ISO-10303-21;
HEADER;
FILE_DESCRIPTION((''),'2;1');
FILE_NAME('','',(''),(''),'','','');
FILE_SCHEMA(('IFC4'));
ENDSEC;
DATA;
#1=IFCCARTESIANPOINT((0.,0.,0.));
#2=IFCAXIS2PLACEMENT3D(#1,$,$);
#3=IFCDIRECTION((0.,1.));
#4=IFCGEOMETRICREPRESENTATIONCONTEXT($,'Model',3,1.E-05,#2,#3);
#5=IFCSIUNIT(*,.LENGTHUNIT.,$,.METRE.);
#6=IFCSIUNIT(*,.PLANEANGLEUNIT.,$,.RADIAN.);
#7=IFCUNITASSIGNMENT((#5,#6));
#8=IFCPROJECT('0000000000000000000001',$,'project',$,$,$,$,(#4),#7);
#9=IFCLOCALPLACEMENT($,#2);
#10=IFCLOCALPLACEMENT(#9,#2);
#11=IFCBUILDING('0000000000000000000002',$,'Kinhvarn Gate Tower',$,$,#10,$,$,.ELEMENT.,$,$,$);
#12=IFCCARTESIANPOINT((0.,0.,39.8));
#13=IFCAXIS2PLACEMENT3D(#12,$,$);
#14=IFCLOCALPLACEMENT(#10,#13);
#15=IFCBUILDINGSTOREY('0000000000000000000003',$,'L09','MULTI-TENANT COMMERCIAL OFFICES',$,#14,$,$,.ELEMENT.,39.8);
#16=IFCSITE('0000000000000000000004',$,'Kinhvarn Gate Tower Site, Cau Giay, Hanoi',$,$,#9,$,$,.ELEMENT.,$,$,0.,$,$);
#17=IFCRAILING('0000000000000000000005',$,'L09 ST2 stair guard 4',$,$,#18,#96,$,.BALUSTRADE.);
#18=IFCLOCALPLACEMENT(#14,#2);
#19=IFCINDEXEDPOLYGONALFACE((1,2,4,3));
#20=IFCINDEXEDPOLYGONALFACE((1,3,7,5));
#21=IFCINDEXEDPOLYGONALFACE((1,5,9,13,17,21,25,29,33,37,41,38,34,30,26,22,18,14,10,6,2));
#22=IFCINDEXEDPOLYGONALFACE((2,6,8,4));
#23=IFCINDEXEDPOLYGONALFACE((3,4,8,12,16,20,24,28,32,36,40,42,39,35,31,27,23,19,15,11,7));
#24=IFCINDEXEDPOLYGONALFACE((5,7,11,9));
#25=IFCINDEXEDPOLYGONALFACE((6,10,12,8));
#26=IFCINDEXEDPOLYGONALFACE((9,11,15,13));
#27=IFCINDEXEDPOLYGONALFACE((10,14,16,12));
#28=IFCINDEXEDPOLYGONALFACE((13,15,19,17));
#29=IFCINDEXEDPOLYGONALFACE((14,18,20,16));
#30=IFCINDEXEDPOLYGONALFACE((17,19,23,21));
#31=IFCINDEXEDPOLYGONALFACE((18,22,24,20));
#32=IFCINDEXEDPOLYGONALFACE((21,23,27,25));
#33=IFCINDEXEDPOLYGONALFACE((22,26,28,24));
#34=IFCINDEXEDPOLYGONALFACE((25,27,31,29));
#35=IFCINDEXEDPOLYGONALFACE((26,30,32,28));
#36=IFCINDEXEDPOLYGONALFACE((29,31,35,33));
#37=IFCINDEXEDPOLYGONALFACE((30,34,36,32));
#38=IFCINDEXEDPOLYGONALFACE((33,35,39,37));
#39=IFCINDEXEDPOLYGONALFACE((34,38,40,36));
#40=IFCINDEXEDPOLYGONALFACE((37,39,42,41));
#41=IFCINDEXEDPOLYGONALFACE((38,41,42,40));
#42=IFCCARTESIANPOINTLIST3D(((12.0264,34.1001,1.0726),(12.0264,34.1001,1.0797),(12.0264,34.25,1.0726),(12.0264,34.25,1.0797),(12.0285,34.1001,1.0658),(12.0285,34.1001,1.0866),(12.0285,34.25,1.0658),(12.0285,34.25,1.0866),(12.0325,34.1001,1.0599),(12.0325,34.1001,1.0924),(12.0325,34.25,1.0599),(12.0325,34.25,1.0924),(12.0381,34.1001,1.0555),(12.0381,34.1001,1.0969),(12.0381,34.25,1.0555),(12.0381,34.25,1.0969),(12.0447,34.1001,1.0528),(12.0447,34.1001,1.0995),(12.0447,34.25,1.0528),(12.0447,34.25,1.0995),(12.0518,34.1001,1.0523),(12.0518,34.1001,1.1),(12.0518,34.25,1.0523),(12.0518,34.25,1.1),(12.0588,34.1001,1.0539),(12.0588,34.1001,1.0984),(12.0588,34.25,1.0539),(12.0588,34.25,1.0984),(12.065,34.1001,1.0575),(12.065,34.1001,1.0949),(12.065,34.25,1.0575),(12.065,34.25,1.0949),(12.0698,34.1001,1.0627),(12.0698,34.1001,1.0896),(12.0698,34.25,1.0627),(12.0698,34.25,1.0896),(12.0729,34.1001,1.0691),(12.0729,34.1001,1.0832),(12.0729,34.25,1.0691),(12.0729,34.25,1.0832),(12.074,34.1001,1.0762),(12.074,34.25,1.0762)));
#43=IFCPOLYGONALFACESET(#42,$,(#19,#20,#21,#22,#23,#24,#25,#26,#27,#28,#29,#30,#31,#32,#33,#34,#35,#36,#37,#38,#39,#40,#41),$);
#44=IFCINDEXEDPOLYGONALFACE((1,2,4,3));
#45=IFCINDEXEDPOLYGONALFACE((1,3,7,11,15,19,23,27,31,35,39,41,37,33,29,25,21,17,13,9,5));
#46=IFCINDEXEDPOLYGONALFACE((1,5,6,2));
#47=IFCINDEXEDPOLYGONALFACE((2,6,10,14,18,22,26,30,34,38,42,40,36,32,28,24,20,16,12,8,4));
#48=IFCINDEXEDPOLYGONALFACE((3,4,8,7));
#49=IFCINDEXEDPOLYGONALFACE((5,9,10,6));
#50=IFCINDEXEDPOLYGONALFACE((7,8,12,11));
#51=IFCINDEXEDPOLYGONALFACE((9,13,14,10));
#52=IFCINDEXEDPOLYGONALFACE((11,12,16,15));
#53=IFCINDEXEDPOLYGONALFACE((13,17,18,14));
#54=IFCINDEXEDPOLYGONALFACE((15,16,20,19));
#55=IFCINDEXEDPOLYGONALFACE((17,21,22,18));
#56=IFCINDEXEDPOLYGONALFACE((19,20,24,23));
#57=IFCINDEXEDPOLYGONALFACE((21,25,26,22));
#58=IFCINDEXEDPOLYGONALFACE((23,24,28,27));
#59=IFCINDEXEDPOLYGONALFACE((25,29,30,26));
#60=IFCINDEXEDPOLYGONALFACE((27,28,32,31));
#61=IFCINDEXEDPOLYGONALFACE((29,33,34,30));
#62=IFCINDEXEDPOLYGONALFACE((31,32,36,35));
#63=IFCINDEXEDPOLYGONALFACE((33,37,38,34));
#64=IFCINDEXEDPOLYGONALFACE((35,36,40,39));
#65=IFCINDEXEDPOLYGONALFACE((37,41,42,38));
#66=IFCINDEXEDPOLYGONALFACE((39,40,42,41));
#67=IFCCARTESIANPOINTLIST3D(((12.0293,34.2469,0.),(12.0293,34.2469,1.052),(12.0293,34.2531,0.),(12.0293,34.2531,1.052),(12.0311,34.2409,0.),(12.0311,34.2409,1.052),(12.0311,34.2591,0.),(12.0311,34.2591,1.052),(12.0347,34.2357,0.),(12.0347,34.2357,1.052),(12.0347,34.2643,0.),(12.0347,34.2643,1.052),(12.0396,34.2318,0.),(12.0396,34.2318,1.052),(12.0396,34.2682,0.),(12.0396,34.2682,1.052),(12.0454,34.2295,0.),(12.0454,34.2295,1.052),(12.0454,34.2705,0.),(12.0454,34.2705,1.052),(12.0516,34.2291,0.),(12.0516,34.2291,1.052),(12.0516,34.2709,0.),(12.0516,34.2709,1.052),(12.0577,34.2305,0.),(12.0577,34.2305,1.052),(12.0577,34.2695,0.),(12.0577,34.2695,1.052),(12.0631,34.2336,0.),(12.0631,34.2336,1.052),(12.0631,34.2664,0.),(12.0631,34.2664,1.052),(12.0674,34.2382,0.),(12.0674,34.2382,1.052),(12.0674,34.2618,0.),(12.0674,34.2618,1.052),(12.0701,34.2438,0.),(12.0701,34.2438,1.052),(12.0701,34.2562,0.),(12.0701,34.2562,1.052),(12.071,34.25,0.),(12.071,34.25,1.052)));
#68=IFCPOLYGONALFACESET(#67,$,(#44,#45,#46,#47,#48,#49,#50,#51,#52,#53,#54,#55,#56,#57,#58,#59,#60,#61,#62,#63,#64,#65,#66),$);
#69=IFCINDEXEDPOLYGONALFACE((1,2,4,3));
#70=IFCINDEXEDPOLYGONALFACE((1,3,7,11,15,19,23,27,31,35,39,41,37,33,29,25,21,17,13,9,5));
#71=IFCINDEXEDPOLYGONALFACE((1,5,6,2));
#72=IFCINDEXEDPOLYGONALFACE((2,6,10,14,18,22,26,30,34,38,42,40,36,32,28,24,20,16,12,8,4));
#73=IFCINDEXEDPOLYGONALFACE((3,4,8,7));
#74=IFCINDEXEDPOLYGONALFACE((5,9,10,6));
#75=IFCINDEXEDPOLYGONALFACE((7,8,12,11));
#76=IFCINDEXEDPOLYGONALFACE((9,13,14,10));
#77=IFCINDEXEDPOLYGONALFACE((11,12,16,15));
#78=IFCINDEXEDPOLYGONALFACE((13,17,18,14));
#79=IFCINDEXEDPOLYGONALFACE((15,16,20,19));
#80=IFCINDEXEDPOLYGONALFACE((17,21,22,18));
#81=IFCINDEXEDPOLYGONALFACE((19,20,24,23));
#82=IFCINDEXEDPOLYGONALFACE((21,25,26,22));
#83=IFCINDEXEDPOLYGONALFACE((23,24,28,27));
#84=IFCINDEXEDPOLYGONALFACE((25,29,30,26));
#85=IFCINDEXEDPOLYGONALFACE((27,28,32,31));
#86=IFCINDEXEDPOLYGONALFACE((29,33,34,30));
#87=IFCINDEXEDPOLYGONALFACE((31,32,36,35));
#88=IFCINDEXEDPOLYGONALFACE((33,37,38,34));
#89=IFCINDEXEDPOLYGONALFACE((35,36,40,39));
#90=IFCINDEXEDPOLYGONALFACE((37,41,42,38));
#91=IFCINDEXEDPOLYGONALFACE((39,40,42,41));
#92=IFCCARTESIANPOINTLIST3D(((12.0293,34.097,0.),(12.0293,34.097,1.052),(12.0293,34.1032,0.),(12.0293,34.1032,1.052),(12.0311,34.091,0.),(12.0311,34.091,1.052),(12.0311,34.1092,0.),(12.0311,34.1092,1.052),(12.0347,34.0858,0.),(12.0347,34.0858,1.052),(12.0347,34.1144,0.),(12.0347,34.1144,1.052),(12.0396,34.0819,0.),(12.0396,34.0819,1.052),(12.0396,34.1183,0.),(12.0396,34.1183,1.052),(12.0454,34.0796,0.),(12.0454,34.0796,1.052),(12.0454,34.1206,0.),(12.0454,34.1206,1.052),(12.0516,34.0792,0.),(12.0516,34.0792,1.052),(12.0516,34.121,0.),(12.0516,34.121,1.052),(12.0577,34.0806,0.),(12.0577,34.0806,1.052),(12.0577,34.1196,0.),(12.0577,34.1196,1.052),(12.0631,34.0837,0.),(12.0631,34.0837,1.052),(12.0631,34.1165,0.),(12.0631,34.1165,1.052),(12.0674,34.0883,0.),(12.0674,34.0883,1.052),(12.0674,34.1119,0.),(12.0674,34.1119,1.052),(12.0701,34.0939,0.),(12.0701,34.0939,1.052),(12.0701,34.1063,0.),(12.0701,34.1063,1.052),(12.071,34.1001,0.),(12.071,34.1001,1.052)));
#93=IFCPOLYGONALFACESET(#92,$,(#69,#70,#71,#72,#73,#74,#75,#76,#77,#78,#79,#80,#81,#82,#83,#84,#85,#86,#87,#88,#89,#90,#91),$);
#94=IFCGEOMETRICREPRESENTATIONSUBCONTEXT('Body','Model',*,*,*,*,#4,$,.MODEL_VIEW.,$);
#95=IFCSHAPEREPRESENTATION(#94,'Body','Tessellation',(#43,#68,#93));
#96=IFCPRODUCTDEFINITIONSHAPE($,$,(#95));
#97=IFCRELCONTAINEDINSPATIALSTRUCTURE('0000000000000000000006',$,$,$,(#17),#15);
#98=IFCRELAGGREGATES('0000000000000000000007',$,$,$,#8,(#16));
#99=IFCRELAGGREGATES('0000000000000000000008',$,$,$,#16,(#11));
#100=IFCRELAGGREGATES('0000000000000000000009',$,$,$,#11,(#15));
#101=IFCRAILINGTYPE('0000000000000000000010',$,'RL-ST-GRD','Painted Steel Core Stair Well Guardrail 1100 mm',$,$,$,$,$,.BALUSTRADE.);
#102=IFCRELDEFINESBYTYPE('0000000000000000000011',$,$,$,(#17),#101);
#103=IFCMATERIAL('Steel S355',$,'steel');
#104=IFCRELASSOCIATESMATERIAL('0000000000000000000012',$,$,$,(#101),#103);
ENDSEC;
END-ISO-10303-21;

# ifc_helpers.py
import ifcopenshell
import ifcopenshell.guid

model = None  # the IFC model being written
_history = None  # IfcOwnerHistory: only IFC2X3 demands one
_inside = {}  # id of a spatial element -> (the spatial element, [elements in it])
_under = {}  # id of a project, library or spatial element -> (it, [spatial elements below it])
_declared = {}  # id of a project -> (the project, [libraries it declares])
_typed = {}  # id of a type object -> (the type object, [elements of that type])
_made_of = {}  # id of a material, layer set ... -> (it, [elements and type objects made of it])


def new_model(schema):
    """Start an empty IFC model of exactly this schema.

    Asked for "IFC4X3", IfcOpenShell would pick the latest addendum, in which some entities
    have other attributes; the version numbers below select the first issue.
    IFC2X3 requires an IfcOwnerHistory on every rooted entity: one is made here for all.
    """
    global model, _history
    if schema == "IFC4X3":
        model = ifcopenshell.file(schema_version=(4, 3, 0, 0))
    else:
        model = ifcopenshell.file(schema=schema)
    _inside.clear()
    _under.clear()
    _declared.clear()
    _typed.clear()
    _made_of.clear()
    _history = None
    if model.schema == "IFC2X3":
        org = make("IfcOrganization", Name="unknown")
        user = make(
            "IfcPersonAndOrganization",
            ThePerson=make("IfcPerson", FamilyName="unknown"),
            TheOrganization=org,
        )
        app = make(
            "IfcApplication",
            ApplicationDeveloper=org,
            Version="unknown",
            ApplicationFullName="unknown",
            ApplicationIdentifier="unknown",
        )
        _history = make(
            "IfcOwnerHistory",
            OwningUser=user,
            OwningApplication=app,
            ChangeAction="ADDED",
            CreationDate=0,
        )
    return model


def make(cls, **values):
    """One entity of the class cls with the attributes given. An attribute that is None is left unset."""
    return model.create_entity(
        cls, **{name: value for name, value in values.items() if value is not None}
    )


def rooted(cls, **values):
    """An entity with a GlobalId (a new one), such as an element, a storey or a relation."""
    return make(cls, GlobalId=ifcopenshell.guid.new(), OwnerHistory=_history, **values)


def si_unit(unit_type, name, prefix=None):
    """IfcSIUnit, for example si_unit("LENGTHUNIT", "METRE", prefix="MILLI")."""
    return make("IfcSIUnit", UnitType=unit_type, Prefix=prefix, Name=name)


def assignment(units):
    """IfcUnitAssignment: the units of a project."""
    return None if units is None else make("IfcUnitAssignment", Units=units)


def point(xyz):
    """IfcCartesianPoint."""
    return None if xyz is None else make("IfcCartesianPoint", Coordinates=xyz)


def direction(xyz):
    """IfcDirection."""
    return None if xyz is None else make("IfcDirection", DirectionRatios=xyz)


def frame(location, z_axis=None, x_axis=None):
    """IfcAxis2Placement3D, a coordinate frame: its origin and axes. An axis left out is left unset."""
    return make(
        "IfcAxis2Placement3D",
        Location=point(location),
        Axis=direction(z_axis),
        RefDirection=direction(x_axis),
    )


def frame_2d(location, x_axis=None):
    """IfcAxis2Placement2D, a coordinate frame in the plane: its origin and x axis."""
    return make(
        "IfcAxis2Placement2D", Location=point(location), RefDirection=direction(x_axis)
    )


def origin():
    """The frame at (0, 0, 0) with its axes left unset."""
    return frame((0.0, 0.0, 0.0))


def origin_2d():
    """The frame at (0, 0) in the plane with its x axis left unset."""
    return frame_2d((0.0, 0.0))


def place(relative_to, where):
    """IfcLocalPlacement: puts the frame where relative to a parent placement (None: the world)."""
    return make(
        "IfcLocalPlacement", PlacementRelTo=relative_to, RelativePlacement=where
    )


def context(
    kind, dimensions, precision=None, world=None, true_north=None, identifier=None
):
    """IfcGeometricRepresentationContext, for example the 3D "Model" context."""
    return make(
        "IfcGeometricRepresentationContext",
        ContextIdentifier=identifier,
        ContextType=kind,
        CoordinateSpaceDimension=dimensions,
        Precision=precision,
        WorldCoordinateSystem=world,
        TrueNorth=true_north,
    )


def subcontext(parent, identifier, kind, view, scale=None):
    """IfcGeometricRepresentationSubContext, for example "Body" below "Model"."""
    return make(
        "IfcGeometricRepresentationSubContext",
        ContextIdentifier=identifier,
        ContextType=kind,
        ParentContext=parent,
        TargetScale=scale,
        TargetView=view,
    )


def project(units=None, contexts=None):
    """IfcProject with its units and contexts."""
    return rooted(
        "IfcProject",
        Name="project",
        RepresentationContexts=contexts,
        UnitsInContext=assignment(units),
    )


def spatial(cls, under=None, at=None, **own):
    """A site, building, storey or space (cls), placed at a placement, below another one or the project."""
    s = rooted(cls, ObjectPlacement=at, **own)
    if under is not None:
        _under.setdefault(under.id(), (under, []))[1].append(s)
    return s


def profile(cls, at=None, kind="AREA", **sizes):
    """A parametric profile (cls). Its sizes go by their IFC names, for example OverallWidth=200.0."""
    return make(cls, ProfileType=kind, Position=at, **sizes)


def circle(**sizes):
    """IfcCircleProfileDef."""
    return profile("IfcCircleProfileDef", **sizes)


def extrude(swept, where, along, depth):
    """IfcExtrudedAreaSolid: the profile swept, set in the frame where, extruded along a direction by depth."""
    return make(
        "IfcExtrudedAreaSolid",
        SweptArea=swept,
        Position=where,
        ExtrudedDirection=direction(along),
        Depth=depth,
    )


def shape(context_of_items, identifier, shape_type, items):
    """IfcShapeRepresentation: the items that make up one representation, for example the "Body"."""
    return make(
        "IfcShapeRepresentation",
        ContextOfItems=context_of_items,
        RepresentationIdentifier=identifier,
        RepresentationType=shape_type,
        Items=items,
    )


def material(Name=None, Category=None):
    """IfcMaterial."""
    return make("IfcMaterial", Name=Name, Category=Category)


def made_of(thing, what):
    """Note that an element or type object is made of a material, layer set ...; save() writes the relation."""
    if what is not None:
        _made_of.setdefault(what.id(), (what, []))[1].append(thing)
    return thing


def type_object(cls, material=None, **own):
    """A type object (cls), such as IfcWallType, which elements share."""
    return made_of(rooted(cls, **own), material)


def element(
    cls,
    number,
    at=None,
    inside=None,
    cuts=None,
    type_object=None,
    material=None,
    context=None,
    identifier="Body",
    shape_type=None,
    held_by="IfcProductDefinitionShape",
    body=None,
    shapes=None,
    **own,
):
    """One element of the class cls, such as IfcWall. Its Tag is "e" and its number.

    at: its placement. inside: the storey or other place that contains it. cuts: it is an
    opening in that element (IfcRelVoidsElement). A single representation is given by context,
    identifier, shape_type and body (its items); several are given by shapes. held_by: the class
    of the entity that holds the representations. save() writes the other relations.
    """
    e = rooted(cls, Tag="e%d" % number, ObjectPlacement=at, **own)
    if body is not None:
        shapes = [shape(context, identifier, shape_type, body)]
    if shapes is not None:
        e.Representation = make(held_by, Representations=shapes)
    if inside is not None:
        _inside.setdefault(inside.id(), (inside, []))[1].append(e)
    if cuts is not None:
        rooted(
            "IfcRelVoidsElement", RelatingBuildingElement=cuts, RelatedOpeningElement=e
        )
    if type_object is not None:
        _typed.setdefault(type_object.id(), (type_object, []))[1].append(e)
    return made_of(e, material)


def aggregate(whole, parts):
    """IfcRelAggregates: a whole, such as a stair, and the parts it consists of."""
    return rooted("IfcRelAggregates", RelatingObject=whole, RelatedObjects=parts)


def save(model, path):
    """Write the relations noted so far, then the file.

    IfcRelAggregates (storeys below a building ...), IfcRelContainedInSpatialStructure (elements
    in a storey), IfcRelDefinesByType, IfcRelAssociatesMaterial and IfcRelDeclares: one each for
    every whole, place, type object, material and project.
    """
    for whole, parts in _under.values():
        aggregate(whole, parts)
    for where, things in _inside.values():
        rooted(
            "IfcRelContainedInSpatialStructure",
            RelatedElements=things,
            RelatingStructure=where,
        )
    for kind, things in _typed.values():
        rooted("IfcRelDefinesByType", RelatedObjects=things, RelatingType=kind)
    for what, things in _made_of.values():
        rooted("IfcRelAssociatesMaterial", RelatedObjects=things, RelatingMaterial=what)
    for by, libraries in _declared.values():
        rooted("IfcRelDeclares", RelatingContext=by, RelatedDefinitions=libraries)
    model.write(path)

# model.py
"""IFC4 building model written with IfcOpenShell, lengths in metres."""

from ifc_helpers import new_model, si_unit, direction, frame, origin, origin_2d, place, context, subcontext, project, spatial, circle, extrude, material, type_object, element, save


model = new_model("IFC4")

# Units and contexts
model_context = context("Model", 3, precision=1e-05, world=origin(), true_north=direction((0.0, 1.0)))
body_context = subcontext(model_context, "Body", "Model", "MODEL_VIEW")
ifc_project = project(units=[si_unit("LENGTHUNIT", "METRE"), si_unit("PLANEANGLEUNIT", "RADIAN")], contexts=[model_context])

# Site, building, storey
site_placement = place(None, origin())
site = spatial("IfcSite", under=ifc_project, at=site_placement, Name="Kinhvarn Gate Tower Site, Cau Giay, Hanoi", CompositionType="ELEMENT", RefElevation=0.0)
building_placement = place(site_placement, origin())
building = spatial("IfcBuilding", under=site, at=building_placement, Name="Kinhvarn Gate Tower", CompositionType="ELEMENT")
storey_placement = place(building_placement, frame((0.0, 0.0, 39.8)))
storey = spatial("IfcBuildingStorey", under=building, at=storey_placement, Name="L09", Description="MULTI-TENANT COMMERCIAL OFFICES", CompositionType="ELEMENT", Elevation=39.8)

# Shared definitions
ifc_material_1 = material(Name="Steel S355", Category="steel")

# Railing
railing_type_1 = type_object("IfcRailingType", Name="RL-ST-GRD", Description="Painted Steel Core Stair Well Guardrail 1100 mm", PredefinedType="BALUSTRADE", material=ifc_material_1)
railing_1_placement = place(storey_placement, frame((12.05, 34.25, 0.0)))
element("IfcRailing", 1, at=railing_1_placement, inside=storey, type_object=railing_type_1, Name="L09 ST2 stair guard 4", PredefinedType="BALUSTRADE", context=body_context, shape_type="SweptSolid", body=[
    extrude(circle(Radius=0.0239, at=origin_2d()), frame((0.0, 0.0, 1.0762), z_axis=(0.0, -1.0, 0.0), x_axis=(1.0, 0.0, 0.0)), (0.0, 0.0, 1.0), 0.1499),
    extrude(circle(Radius=0.021, at=origin_2d()), origin(), (0.0, 0.0, 1.0), 1.052),
    extrude(circle(Radius=0.021, at=origin_2d()), frame((0.0, -0.1499, 0.0)), (0.0, 0.0, 1.0), 1.052),
])

save(model, "model.ifc")
